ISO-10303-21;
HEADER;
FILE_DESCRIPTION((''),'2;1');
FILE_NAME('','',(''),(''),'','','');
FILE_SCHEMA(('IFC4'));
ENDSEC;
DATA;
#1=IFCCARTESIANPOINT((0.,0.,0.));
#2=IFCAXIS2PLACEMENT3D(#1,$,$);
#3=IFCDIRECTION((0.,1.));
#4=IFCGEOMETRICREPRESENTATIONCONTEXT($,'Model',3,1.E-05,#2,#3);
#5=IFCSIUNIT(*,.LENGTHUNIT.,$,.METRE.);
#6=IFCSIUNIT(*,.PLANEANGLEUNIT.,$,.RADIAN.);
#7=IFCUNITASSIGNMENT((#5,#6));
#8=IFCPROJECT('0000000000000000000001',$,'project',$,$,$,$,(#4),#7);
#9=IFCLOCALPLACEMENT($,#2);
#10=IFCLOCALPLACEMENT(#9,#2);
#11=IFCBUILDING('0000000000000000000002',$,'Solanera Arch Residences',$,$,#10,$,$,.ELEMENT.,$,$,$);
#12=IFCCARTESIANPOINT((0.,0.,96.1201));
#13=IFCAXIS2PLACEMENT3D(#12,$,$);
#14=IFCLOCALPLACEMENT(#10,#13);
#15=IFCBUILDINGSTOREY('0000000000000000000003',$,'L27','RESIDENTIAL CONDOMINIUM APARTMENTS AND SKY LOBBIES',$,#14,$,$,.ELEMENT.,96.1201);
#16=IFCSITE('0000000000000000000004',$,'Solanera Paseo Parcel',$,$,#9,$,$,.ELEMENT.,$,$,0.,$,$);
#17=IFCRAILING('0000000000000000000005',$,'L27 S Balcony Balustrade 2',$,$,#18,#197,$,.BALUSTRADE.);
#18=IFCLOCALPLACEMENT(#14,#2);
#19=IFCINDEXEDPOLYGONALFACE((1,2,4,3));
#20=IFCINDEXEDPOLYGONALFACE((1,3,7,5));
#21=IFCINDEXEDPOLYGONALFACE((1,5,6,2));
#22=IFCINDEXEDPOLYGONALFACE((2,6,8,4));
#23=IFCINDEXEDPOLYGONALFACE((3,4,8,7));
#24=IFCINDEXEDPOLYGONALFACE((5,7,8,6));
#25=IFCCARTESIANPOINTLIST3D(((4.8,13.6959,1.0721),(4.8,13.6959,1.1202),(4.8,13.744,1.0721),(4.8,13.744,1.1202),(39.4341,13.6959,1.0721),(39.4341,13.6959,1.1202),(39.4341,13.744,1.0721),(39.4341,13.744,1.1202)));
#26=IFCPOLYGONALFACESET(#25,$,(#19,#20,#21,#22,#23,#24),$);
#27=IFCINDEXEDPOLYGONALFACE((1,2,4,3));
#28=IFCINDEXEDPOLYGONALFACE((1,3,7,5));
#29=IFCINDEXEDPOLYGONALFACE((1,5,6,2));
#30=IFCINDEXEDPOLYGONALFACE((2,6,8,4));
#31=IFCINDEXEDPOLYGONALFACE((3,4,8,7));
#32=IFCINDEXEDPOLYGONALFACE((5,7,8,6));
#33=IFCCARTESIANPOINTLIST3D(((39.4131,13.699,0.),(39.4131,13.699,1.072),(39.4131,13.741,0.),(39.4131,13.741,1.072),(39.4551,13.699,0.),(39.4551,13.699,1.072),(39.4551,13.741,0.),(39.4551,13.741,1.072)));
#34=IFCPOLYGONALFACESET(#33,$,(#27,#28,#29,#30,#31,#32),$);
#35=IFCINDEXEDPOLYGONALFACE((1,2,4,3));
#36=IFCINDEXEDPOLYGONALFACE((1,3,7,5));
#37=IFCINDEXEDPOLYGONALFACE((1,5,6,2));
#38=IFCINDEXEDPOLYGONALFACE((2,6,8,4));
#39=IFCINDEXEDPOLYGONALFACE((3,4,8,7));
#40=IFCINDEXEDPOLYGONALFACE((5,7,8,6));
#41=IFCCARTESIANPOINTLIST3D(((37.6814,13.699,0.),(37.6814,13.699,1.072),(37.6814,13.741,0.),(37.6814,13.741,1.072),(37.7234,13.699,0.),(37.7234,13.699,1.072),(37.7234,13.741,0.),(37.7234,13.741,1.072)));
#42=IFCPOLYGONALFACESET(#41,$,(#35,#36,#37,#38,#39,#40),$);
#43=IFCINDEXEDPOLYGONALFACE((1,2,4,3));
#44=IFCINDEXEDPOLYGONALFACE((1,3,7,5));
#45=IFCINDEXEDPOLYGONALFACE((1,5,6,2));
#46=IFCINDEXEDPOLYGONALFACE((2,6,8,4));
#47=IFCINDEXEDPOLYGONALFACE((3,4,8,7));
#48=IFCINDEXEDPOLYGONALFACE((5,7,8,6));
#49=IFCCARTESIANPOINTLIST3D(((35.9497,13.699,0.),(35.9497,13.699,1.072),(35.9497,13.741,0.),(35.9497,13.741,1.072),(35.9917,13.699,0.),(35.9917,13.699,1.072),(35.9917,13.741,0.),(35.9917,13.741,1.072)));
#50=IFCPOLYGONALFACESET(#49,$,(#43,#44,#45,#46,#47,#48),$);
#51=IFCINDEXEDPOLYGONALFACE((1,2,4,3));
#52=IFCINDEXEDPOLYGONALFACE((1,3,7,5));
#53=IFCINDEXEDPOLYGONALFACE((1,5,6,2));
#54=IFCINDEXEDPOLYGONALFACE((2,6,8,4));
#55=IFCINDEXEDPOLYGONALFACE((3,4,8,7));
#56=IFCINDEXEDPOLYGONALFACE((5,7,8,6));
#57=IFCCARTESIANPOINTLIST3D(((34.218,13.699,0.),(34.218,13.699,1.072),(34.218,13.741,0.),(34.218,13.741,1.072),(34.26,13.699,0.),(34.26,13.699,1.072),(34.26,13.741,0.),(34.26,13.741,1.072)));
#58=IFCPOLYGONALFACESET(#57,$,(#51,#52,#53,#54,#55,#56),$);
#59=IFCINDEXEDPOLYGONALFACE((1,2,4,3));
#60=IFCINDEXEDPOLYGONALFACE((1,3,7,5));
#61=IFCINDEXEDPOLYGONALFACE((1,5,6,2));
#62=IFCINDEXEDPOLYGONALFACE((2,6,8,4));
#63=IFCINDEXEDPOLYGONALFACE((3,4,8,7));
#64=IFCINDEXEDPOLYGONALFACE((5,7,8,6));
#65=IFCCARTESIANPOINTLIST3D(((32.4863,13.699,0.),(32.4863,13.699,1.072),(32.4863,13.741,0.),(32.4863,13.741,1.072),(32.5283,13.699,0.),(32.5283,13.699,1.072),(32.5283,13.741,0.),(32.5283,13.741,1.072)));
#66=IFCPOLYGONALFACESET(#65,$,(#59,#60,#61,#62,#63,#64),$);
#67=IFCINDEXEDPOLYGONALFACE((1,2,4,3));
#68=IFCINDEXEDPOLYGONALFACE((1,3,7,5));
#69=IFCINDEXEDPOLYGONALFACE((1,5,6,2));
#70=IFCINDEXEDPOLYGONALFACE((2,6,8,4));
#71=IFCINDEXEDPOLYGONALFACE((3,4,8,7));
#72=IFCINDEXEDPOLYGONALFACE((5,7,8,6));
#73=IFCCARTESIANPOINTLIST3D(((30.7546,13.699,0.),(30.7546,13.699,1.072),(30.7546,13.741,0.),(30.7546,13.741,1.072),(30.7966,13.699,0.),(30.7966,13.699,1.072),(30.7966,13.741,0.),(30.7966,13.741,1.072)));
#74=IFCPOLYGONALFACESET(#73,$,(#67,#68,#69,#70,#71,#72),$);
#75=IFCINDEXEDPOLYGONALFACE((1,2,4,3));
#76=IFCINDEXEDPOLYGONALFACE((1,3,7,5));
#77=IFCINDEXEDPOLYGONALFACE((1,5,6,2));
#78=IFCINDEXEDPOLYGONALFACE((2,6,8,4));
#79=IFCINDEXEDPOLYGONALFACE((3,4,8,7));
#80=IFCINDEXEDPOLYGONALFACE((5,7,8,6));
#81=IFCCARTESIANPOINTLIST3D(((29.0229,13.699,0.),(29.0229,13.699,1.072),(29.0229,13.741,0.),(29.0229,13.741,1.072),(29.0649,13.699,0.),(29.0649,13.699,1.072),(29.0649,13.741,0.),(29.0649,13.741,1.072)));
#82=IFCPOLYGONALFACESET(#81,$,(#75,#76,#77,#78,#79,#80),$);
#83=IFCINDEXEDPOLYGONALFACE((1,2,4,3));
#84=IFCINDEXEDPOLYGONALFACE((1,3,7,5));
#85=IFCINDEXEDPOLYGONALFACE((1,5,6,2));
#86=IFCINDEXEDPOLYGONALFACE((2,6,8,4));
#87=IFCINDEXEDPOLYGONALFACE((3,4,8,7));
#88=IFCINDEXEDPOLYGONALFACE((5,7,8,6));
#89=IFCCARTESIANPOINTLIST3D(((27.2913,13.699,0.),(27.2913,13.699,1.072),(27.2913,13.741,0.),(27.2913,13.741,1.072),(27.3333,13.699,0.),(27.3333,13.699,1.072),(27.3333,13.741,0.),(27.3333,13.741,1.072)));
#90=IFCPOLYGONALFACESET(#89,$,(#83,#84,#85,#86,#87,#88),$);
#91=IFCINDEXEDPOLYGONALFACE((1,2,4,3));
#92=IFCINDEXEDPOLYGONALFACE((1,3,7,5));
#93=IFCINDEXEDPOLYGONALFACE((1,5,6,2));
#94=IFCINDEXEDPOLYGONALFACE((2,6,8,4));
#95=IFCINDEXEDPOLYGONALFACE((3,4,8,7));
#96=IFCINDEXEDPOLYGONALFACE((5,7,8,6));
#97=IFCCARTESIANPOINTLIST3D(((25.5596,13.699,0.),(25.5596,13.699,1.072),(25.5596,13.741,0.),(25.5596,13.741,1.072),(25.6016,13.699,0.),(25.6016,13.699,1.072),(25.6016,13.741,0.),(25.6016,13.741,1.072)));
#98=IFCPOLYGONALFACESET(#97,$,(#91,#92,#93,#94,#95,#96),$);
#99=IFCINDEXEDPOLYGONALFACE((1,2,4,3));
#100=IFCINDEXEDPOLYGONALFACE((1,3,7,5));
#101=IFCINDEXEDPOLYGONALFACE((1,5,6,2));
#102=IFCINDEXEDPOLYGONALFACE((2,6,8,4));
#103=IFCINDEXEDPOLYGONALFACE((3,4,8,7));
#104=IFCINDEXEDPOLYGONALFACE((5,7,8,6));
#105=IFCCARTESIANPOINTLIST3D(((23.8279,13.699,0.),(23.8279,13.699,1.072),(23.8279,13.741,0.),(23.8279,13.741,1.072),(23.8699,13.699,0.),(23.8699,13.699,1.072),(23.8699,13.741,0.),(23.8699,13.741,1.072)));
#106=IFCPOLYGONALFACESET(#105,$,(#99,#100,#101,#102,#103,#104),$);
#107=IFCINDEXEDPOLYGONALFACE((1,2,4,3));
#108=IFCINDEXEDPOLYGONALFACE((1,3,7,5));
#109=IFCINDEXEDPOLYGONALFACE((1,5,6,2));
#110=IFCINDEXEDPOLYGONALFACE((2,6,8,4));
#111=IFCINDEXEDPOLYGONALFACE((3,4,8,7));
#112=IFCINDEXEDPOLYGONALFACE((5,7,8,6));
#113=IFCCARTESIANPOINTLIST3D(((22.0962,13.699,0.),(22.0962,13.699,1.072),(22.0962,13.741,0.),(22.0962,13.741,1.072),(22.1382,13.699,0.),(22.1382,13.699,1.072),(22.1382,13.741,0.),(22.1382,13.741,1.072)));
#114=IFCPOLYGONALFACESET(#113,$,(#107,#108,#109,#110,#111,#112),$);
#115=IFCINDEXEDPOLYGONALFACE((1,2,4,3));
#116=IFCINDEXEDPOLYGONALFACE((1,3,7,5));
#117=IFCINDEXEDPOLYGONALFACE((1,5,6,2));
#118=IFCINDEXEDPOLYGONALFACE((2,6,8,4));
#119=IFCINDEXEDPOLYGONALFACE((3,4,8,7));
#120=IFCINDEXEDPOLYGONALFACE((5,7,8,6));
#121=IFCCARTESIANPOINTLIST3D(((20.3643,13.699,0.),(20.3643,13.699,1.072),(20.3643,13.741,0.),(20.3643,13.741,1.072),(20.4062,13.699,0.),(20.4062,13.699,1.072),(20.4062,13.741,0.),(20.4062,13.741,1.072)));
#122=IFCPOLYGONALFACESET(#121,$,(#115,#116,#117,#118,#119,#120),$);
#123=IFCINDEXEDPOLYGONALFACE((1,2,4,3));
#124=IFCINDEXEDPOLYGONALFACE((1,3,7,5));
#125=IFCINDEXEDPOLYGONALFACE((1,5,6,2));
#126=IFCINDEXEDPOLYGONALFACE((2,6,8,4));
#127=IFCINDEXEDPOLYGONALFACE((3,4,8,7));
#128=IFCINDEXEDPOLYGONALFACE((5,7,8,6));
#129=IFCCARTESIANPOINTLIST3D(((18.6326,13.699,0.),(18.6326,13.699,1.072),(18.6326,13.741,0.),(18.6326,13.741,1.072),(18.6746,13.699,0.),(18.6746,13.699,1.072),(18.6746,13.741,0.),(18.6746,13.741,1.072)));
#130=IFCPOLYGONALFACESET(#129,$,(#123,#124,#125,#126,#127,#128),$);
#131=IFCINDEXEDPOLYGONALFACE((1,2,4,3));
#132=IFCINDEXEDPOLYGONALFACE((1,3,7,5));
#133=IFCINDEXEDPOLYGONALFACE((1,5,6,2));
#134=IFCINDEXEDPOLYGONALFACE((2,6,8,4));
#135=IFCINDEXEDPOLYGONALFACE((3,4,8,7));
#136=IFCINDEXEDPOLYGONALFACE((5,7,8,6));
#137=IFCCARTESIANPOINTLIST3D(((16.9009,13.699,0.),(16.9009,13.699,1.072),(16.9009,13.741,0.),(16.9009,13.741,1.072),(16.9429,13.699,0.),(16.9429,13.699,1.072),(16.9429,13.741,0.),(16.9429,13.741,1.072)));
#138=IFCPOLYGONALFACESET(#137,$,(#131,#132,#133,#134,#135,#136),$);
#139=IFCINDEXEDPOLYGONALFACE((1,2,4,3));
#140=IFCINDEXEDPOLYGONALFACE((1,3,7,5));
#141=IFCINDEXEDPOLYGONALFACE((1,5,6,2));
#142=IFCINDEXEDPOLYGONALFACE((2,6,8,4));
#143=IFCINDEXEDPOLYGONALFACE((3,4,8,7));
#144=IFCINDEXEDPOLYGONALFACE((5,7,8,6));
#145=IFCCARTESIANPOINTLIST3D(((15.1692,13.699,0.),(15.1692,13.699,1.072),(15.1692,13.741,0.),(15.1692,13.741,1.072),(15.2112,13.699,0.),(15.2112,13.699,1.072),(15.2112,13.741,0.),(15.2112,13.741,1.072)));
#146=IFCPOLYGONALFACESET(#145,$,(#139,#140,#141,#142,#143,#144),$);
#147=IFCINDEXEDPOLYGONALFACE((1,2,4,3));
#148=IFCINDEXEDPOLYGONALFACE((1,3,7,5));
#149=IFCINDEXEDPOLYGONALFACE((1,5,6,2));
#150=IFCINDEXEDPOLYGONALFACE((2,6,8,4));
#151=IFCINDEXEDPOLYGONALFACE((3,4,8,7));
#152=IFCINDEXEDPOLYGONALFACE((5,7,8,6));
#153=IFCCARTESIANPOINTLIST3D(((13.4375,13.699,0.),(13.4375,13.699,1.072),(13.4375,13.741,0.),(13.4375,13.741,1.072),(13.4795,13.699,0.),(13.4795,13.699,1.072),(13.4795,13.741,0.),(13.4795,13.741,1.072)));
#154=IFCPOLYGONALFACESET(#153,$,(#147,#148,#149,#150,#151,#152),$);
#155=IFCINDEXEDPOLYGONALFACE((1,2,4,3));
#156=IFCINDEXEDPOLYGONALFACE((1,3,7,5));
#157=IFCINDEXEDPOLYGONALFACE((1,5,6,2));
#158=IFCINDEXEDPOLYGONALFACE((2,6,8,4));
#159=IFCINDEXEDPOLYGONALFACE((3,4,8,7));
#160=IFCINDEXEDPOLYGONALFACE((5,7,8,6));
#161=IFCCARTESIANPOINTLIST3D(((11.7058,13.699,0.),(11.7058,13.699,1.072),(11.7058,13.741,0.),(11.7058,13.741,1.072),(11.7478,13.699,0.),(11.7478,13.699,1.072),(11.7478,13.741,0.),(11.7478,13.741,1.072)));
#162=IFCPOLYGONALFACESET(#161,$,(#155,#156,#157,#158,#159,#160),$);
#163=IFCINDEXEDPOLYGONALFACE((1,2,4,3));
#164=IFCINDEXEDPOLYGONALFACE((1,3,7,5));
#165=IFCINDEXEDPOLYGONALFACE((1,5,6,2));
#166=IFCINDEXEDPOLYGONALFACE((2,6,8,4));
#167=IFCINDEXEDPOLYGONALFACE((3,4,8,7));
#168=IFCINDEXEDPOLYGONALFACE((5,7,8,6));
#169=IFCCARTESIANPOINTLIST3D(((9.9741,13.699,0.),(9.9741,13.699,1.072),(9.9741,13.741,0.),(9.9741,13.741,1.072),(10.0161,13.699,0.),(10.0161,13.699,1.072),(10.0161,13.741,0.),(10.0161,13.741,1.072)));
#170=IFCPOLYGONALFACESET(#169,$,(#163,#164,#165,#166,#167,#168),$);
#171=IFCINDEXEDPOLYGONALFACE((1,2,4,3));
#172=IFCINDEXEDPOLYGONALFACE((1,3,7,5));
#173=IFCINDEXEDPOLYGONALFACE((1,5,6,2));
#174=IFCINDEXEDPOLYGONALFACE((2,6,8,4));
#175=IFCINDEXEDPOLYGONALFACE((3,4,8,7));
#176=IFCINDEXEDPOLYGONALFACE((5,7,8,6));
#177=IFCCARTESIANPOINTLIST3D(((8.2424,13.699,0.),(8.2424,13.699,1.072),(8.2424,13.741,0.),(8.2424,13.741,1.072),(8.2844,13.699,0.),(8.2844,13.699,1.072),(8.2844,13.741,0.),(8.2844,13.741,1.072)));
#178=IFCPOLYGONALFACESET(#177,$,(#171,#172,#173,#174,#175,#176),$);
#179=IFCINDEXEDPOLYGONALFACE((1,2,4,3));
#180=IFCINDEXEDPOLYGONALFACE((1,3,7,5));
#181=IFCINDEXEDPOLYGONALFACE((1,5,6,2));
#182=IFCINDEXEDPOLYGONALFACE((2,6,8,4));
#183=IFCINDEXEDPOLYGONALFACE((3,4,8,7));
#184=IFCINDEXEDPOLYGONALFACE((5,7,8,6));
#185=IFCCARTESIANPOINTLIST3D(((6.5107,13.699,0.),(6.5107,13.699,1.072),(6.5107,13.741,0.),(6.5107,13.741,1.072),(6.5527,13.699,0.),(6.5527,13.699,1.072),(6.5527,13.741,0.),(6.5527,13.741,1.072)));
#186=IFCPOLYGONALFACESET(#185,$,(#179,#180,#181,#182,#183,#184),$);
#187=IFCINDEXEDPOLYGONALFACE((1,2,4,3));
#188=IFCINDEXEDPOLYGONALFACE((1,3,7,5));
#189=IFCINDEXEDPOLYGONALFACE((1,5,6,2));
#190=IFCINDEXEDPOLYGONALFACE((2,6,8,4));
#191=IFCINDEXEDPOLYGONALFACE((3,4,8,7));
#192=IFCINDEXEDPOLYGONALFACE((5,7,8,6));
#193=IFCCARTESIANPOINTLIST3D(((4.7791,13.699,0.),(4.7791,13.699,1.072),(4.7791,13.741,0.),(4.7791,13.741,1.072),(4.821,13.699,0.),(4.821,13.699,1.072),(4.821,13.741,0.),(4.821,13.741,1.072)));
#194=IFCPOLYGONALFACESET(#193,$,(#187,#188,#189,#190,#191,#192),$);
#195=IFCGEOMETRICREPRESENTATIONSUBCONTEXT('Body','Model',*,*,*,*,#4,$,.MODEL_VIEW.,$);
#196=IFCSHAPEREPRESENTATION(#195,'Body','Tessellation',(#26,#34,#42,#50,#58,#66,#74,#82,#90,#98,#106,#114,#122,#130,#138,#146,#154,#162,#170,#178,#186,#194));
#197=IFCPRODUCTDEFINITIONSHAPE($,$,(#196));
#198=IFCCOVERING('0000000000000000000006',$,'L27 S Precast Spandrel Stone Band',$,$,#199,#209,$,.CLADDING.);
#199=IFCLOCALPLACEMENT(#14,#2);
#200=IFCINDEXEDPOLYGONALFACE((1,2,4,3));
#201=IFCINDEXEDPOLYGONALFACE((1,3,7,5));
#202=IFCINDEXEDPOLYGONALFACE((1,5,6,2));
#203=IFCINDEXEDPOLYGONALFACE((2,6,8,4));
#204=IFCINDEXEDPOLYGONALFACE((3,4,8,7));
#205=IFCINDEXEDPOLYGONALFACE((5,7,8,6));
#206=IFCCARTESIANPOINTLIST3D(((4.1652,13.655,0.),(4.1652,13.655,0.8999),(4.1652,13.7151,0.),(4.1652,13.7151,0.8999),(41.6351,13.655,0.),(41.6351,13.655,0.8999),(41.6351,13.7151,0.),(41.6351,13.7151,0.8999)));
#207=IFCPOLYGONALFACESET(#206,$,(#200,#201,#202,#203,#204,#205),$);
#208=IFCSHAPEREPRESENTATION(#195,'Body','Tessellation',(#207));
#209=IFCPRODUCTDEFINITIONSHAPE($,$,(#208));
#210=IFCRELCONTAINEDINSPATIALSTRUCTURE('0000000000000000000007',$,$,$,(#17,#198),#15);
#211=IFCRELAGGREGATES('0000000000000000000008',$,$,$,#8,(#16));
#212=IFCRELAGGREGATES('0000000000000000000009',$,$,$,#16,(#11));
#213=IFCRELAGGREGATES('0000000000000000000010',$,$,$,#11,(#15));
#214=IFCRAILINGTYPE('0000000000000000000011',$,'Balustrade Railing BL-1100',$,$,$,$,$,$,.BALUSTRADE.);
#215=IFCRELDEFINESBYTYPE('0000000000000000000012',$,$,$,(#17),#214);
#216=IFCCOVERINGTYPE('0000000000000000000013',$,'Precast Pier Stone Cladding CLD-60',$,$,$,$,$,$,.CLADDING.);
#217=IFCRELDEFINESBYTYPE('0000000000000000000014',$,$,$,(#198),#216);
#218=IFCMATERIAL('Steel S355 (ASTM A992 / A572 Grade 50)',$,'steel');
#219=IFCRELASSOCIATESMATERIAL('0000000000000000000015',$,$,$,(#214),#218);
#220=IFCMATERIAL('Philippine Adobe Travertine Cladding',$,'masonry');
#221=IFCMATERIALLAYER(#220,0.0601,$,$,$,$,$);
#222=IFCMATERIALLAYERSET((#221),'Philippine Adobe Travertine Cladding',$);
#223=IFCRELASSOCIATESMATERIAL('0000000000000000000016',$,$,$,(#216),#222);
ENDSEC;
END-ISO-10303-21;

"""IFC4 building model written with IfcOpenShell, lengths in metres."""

from ifc_helpers import new_model, si_unit, direction, frame, frame_2d, origin, origin_2d, place, context, subcontext, project, spatial, rectangle, extrude, material, layer, layer_set, type_object, element, save


model = new_model("IFC4")

# Units and contexts
model_context = context("Model", 3, precision=1e-05, world=origin(), true_north=direction((0.0, 1.0)))
body_context = subcontext(model_context, "Body", "Model", "MODEL_VIEW")
ifc_project = project(units=[si_unit("LENGTHUNIT", "METRE"), si_unit("PLANEANGLEUNIT", "RADIAN")], contexts=[model_context])

# Site, building, storey
site_placement = place(None, origin())
site = spatial("IfcSite", under=ifc_project, at=site_placement, Name="Solanera Paseo Parcel", CompositionType="ELEMENT", RefElevation=0.0)
building_placement = place(site_placement, origin())
building = spatial("IfcBuilding", under=site, at=building_placement, Name="Solanera Arch Residences", CompositionType="ELEMENT")
storey_placement = place(building_placement, frame((0.0, 0.0, 96.1201)))
storey = spatial("IfcBuildingStorey", under=building, at=storey_placement, Name="L27", Description="RESIDENTIAL CONDOMINIUM APARTMENTS AND SKY LOBBIES", CompositionType="ELEMENT", Elevation=96.1201)

# Railing
ifc_material_1 = material(Name="Steel S355 (ASTM A992 / A572 Grade 50)", Category="steel")
railing_type = type_object("IfcRailingType", Name="Balustrade Railing BL-1100", PredefinedType="BALUSTRADE", material=ifc_material_1)
railing_placement = place(storey_placement, frame((39.4341, 13.72, 0.0)))
element("IfcRailing", 1, at=railing_placement, inside=storey, type_object=railing_type, Name="L27 S Balcony Balustrade 2", PredefinedType="BALUSTRADE", context=body_context, shape_type="SweptSolid", body=[
    extrude(rectangle(XDim=0.0481, YDim=0.0481, at=origin_2d()), frame((0.0, 0.0, 1.0962), z_axis=(-1.0, 0.0, 0.0), x_axis=(0.0, -1.0, 0.0)), (0.0, 0.0, 1.0), 34.634),
    extrude(rectangle(XDim=0.042, YDim=0.042, at=origin_2d()), origin(), (0.0, 0.0, 1.0), 1.072),
    extrude(rectangle(XDim=0.042, YDim=0.042, at=origin_2d()), frame((-1.7317, 0.0, 0.0)), (0.0, 0.0, 1.0), 1.072),
    extrude(rectangle(XDim=0.042, YDim=0.042, at=origin_2d()), frame((-3.4634, 0.0, 0.0)), (0.0, 0.0, 1.0), 1.072),
    extrude(rectangle(XDim=0.042, YDim=0.042, at=origin_2d()), frame((-5.1951, 0.0, 0.0)), (0.0, 0.0, 1.0), 1.072),
    extrude(rectangle(XDim=0.042, YDim=0.042, at=origin_2d()), frame((-6.9268, 0.0, 0.0)), (0.0, 0.0, 1.0), 1.072),
    extrude(rectangle(XDim=0.042, YDim=0.042, at=origin_2d()), frame((-8.6584, 0.0, 0.0)), (0.0, 0.0, 1.0), 1.072),
    extrude(rectangle(XDim=0.042, YDim=0.042, at=origin_2d()), frame((-10.3901, 0.0, 0.0)), (0.0, 0.0, 1.0), 1.072),
    extrude(rectangle(XDim=0.042, YDim=0.042, at=origin_2d()), frame((-12.1218, 0.0, 0.0)), (0.0, 0.0, 1.0), 1.072),
    extrude(rectangle(XDim=0.042, YDim=0.042, at=origin_2d()), frame((-13.8535, 0.0, 0.0)), (0.0, 0.0, 1.0), 1.072),
    extrude(rectangle(XDim=0.042, YDim=0.042, at=origin_2d()), frame((-15.5852, 0.0, 0.0)), (0.0, 0.0, 1.0), 1.072),
    extrude(rectangle(XDim=0.042, YDim=0.042, at=origin_2d()), frame((-17.3169, 0.0, 0.0)), (0.0, 0.0, 1.0), 1.072),
    extrude(rectangle(XDim=0.042, YDim=0.042, at=origin_2d()), frame((-19.0488, 0.0, 0.0)), (0.0, 0.0, 1.0), 1.072),
    extrude(rectangle(XDim=0.042, YDim=0.042, at=origin_2d()), frame((-20.7805, 0.0, 0.0)), (0.0, 0.0, 1.0), 1.072),
    extrude(rectangle(XDim=0.042, YDim=0.042, at=origin_2d()), frame((-22.5122, 0.0, 0.0)), (0.0, 0.0, 1.0), 1.072),
    extrude(rectangle(XDim=0.042, YDim=0.042, at=origin_2d()), frame((-24.2439, 0.0, 0.0)), (0.0, 0.0, 1.0), 1.072),
    extrude(rectangle(XDim=0.042, YDim=0.042, at=origin_2d()), frame((-25.9756, 0.0, 0.0)), (0.0, 0.0, 1.0), 1.072),
    extrude(rectangle(XDim=0.042, YDim=0.042, at=origin_2d()), frame((-27.7073, 0.0, 0.0)), (0.0, 0.0, 1.0), 1.072),
    extrude(rectangle(XDim=0.042, YDim=0.042, at=origin_2d()), frame((-29.439, 0.0, 0.0)), (0.0, 0.0, 1.0), 1.072),
    extrude(rectangle(XDim=0.042, YDim=0.042, at=origin_2d()), frame((-31.1707, 0.0, 0.0)), (0.0, 0.0, 1.0), 1.072),
    extrude(rectangle(XDim=0.042, YDim=0.042, at=origin_2d()), frame((-32.9023, 0.0, 0.0)), (0.0, 0.0, 1.0), 1.072),
    extrude(rectangle(XDim=0.042, YDim=0.042, at=origin_2d()), frame((-34.634, 0.0, 0.0)), (0.0, 0.0, 1.0), 1.072),
])

# Covering
ifc_material_2 = material(Name="Philippine Adobe Travertine Cladding", Category="masonry")
ifc_layer_1 = layer(ifc_material_2, 0.0601)
ifc_layer_set_1 = layer_set([ifc_layer_1], Name="Philippine Adobe Travertine Cladding")
covering_type = type_object("IfcCoveringType", Name="Precast Pier Stone Cladding CLD-60", PredefinedType="CLADDING", material=ifc_layer_set_1)
covering_placement = place(storey_placement, frame((41.635, 13.6851, 0.0), z_axis=(0.0, 0.0, 1.0), x_axis=(-1.0, 0.0, 0.0)))
element("IfcCovering", 2, at=covering_placement, inside=storey, type_object=covering_type, Name="L27 S Precast Spandrel Stone Band", PredefinedType="CLADDING", context=body_context, shape_type="SweptSolid", body=[
    extrude(rectangle(XDim=37.47, YDim=0.0601, at=frame_2d((18.7349, 0.0))), origin(), (0.0, 0.0, 1.0), 0.8999),
])

save(model, "model.ifc")
